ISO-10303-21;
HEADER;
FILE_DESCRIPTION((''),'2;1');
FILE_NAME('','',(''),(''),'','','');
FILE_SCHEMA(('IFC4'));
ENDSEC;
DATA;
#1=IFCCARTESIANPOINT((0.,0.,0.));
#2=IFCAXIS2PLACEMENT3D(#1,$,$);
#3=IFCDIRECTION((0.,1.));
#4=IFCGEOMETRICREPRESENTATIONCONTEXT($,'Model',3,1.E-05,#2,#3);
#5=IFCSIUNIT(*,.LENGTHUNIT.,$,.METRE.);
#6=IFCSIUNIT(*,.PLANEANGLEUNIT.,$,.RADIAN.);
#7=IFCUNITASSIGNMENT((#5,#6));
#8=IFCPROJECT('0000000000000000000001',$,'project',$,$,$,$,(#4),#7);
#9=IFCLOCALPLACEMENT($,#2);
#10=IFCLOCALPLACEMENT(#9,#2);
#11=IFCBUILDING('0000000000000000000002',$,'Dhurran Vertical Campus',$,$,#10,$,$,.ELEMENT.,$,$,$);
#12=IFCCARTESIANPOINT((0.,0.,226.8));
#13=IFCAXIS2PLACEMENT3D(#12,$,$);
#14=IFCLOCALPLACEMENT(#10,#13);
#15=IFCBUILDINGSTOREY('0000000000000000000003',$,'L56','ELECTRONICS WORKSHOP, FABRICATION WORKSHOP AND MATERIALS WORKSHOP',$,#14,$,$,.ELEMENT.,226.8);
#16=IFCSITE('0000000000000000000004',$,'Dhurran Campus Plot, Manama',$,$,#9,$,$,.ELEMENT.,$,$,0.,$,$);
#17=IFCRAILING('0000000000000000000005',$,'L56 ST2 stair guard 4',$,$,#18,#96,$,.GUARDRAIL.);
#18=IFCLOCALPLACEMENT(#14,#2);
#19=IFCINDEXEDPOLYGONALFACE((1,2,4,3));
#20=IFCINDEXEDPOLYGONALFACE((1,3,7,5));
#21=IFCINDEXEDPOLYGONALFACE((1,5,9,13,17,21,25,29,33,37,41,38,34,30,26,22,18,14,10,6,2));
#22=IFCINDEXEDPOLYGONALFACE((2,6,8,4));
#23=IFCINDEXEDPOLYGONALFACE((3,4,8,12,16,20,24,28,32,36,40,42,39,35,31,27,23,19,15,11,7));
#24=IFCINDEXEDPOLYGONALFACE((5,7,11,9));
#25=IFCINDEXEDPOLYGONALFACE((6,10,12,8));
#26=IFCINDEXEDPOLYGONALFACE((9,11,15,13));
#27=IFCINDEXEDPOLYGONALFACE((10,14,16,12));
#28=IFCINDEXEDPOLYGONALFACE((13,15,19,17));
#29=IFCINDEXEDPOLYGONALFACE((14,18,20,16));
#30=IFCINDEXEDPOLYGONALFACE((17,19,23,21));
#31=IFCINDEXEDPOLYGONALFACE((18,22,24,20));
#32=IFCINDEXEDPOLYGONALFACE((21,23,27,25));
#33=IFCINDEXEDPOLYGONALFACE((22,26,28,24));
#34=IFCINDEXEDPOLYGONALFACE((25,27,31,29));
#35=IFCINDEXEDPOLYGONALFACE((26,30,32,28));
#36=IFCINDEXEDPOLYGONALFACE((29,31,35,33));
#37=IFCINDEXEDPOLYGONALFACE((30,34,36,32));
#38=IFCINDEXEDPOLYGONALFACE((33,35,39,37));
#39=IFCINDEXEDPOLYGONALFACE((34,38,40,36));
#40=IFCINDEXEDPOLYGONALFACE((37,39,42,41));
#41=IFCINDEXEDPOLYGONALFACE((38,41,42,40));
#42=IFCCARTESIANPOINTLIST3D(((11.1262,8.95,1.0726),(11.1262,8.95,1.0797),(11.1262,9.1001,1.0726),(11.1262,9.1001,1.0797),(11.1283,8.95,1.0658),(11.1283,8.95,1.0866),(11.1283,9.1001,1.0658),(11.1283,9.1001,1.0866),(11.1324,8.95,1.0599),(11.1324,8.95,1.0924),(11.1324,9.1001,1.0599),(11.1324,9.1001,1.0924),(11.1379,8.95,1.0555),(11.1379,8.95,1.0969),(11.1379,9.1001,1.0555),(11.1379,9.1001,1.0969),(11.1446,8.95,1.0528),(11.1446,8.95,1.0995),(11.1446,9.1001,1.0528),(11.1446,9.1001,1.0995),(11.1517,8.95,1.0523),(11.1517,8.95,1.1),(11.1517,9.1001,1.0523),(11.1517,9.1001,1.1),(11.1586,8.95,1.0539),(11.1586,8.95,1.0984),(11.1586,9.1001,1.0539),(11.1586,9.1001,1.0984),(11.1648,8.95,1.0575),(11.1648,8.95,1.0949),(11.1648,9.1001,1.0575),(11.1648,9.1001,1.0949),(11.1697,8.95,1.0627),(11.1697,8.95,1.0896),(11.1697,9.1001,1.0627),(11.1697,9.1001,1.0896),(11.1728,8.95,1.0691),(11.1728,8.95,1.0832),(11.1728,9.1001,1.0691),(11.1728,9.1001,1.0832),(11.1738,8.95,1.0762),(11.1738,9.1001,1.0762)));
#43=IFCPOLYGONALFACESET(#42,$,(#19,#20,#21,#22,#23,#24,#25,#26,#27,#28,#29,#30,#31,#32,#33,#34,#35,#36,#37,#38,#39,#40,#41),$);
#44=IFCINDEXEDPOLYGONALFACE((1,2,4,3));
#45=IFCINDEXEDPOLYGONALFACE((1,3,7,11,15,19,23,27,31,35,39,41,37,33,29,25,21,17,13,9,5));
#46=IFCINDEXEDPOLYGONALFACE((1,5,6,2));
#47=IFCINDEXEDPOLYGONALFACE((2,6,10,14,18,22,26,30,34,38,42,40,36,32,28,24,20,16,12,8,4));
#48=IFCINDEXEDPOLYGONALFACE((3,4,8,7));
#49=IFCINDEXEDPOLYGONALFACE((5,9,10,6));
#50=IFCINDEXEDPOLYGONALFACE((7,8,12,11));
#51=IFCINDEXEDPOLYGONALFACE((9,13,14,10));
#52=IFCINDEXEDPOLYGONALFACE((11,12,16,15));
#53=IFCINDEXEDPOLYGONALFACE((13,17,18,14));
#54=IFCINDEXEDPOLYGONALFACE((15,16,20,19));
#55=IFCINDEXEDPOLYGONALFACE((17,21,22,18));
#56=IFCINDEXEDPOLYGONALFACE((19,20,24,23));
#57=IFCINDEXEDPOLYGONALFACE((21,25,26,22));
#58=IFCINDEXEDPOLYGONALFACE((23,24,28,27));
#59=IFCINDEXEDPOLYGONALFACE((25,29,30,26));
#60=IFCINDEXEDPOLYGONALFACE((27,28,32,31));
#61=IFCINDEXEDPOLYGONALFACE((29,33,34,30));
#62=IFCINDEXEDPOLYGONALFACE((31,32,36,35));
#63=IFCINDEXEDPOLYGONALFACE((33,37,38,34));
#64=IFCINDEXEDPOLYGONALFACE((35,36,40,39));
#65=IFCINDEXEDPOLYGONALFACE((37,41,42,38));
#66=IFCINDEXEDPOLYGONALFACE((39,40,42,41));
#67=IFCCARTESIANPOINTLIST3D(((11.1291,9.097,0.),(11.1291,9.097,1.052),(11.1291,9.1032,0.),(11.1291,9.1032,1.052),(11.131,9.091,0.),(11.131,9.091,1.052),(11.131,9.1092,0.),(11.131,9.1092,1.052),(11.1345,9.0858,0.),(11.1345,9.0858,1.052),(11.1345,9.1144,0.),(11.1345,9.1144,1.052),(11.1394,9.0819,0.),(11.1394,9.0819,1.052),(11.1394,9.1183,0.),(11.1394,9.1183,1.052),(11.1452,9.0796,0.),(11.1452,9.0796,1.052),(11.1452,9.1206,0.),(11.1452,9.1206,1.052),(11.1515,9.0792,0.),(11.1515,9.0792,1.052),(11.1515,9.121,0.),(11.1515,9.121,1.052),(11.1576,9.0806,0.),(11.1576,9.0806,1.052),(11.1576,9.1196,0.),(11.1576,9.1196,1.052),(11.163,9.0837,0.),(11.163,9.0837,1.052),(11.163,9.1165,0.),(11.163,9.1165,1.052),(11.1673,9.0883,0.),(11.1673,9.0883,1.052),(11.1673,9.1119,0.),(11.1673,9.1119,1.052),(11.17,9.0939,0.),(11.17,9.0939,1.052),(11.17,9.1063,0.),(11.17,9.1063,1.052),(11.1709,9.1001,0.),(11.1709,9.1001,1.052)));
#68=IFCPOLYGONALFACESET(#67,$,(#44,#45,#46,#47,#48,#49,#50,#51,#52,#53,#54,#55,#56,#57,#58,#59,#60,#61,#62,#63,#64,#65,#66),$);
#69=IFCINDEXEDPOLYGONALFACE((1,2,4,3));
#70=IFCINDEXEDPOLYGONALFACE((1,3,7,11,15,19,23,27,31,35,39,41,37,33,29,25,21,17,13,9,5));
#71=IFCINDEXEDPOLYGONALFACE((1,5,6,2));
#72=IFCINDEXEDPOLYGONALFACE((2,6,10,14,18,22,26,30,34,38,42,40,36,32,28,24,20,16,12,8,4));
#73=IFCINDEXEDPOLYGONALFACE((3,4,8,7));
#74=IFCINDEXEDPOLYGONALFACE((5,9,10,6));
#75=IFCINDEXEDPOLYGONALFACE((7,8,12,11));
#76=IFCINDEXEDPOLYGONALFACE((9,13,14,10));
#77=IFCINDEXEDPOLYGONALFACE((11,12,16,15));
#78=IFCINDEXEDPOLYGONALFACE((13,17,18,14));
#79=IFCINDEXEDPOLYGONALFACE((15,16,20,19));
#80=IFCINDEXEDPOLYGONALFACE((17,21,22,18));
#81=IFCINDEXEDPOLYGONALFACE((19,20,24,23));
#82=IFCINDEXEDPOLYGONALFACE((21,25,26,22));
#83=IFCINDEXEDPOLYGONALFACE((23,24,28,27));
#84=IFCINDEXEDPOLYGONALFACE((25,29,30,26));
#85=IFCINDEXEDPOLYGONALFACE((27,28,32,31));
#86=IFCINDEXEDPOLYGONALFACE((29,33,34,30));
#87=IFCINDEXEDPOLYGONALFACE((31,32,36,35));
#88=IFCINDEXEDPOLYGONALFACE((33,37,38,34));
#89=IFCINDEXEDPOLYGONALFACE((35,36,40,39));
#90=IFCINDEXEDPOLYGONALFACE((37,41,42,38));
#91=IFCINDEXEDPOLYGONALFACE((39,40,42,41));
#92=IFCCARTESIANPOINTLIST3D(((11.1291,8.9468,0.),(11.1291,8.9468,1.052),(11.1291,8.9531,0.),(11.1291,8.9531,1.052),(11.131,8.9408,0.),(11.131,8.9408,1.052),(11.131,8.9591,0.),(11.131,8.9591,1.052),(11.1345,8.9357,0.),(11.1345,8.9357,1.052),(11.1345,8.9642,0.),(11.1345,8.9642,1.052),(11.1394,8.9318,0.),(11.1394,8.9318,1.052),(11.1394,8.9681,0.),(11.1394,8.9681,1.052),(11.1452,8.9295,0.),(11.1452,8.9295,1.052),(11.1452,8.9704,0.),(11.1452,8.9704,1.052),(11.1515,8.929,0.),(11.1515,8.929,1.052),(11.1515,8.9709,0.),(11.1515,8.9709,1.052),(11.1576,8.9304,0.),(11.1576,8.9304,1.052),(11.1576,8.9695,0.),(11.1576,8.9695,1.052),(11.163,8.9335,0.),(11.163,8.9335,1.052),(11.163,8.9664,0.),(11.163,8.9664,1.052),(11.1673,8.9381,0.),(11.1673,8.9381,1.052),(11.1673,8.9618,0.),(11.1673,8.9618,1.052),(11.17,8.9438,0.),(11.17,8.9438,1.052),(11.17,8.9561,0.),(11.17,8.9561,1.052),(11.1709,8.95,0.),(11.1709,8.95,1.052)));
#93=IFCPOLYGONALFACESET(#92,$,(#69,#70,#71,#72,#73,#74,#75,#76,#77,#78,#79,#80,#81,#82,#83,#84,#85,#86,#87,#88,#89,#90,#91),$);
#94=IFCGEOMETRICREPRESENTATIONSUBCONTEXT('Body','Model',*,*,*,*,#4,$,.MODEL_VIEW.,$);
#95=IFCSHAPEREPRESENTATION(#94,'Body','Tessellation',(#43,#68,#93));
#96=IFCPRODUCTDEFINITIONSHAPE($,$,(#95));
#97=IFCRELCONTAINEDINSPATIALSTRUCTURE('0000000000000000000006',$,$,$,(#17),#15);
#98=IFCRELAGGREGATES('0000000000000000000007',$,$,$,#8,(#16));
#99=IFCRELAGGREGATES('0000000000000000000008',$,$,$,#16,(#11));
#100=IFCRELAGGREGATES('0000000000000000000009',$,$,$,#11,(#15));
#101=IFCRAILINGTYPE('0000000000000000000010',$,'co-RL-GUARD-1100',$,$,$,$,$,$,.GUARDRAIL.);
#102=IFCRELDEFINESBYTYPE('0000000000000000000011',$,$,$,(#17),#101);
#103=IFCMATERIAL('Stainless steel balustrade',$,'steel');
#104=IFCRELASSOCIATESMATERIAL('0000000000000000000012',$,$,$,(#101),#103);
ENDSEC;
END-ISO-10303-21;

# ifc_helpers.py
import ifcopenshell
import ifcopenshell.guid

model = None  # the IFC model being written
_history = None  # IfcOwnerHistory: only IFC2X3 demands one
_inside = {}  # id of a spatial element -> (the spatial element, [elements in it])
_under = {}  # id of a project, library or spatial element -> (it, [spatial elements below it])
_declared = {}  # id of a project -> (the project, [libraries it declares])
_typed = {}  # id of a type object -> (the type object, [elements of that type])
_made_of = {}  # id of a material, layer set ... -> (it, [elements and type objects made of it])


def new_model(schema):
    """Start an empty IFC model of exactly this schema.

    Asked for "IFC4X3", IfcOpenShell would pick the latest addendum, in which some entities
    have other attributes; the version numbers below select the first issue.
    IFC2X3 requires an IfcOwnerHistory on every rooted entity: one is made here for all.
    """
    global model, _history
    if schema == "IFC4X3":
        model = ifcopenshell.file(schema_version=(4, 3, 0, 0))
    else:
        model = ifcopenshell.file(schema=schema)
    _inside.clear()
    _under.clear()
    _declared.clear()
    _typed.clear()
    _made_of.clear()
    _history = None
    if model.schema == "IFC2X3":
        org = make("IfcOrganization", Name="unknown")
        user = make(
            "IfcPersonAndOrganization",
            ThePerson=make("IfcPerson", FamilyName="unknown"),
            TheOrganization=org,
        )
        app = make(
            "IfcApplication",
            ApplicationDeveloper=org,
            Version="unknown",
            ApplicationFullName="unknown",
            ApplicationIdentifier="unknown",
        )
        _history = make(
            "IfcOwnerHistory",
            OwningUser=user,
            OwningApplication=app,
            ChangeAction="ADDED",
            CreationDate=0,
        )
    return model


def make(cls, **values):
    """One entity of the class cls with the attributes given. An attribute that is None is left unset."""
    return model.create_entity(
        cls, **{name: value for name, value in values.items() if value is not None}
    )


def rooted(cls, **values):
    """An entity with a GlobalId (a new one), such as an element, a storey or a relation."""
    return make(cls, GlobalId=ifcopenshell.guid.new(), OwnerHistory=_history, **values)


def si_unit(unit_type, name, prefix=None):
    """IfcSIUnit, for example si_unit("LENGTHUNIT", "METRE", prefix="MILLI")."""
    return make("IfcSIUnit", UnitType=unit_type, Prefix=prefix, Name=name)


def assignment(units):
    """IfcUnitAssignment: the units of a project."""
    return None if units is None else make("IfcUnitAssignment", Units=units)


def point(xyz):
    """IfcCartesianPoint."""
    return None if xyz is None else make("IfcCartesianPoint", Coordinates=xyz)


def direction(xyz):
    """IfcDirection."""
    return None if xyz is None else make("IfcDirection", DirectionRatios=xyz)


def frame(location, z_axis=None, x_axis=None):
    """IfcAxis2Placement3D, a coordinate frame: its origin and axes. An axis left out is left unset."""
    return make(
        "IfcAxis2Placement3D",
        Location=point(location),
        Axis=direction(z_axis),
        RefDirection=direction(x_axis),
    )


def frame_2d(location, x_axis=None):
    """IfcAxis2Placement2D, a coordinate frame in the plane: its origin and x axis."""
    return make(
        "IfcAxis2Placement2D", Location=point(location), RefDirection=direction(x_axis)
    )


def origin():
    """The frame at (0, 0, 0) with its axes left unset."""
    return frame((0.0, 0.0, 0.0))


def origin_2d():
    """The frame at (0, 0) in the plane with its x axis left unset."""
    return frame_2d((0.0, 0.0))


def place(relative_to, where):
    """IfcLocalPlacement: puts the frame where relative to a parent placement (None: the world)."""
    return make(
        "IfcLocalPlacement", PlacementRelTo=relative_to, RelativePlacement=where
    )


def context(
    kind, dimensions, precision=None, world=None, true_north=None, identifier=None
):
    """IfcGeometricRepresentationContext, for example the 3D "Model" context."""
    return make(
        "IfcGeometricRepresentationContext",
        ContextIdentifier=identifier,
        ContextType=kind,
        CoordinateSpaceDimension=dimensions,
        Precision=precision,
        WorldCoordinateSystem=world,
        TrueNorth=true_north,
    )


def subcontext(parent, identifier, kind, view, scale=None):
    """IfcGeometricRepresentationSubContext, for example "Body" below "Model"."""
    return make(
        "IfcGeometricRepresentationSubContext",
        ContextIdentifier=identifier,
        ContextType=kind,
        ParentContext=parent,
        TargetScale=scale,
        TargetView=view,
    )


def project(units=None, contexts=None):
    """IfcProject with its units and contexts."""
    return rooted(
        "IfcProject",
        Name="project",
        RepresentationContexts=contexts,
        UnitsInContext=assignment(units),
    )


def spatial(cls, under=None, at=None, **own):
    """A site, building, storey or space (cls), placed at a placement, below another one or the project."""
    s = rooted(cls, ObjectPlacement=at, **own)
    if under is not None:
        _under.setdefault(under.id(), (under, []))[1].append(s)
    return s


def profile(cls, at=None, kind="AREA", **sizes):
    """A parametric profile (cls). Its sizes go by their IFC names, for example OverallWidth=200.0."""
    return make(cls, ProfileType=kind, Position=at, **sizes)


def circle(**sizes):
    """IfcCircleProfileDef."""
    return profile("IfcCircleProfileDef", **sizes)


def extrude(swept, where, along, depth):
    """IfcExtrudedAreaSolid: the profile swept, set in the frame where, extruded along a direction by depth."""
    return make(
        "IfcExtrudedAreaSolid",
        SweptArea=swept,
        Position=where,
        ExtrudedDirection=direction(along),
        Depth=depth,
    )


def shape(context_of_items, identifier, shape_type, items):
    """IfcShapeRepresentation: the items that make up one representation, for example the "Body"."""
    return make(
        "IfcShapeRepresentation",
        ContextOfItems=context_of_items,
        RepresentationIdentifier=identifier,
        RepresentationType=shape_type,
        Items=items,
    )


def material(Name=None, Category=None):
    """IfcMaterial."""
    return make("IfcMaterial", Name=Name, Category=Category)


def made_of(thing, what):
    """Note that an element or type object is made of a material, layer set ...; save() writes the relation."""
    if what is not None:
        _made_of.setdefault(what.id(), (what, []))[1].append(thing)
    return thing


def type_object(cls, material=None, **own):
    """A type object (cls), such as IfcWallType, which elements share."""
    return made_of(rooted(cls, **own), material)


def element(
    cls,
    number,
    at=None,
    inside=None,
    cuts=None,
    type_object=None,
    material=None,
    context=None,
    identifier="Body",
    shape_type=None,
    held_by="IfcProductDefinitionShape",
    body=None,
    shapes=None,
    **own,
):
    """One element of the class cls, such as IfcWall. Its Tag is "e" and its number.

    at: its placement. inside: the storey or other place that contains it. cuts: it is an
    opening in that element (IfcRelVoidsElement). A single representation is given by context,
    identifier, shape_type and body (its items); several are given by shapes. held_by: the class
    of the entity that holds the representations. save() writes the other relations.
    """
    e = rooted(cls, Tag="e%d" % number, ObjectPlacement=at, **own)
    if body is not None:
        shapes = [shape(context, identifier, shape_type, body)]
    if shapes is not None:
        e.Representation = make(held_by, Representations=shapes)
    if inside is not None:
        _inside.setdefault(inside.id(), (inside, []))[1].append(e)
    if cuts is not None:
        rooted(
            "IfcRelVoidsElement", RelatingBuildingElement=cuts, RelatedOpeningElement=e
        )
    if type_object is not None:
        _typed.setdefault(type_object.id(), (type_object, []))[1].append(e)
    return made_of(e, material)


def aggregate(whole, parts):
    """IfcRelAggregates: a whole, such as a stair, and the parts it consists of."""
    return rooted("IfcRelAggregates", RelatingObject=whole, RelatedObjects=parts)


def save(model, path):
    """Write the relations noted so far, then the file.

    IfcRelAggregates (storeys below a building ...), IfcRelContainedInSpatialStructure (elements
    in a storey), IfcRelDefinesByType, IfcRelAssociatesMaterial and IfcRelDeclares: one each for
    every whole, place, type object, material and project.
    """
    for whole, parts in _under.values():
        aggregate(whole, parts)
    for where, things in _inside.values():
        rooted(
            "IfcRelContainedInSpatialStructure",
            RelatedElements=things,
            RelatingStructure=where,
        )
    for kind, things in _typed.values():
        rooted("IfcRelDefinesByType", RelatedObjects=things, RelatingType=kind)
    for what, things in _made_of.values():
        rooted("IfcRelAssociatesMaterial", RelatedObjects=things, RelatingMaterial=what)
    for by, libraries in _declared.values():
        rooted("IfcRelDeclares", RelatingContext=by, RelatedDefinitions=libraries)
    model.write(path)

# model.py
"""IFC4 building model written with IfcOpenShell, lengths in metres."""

from ifc_helpers import new_model, si_unit, direction, frame, origin, origin_2d, place, context, subcontext, project, spatial, circle, extrude, material, type_object, element, save


model = new_model("IFC4")

# Units and contexts
model_context = context("Model", 3, precision=1e-05, world=origin(), true_north=direction((0.0, 1.0)))
body_context = subcontext(model_context, "Body", "Model", "MODEL_VIEW")
ifc_project = project(units=[si_unit("LENGTHUNIT", "METRE"), si_unit("PLANEANGLEUNIT", "RADIAN")], contexts=[model_context])

# Site, building, storey
site_placement = place(None, origin())
site = spatial("IfcSite", under=ifc_project, at=site_placement, Name="Dhurran Campus Plot, Manama", CompositionType="ELEMENT", RefElevation=0.0)
building_placement = place(site_placement, origin())
building = spatial("IfcBuilding", under=site, at=building_placement, Name="Dhurran Vertical Campus", CompositionType="ELEMENT")
storey_placement = place(building_placement, frame((0.0, 0.0, 226.8)))
storey = spatial("IfcBuildingStorey", under=building, at=storey_placement, Name="L56", Description="ELECTRONICS WORKSHOP, FABRICATION WORKSHOP AND MATERIALS WORKSHOP", CompositionType="ELEMENT", Elevation=226.8)

# Railing
ifc_material_1 = material(Name="Stainless steel balustrade", Category="steel")
railing_type_1 = type_object("IfcRailingType", Name="co-RL-GUARD-1100", PredefinedType="GUARDRAIL", material=ifc_material_1)
railing_1_placement = place(storey_placement, frame((11.1499, 9.1001, 0.0)))
element("IfcRailing", 1, at=railing_1_placement, inside=storey, type_object=railing_type_1, Name="L56 ST2 stair guard 4", PredefinedType="GUARDRAIL", context=body_context, shape_type="SweptSolid", body=[
    extrude(circle(Radius=0.0239, at=origin_2d()), frame((0.0, 0.0, 1.0762), z_axis=(0.0, -1.0, 0.0), x_axis=(1.0, 0.0, 0.0)), (0.0, 0.0, 1.0), 0.1501),
    extrude(circle(Radius=0.021, at=origin_2d()), origin(), (0.0, 0.0, 1.0), 1.052),
    extrude(circle(Radius=0.021, at=origin_2d()), frame((0.0, -0.1501, 0.0)), (0.0, 0.0, 1.0), 1.052),
])

save(model, "model.ifc")
